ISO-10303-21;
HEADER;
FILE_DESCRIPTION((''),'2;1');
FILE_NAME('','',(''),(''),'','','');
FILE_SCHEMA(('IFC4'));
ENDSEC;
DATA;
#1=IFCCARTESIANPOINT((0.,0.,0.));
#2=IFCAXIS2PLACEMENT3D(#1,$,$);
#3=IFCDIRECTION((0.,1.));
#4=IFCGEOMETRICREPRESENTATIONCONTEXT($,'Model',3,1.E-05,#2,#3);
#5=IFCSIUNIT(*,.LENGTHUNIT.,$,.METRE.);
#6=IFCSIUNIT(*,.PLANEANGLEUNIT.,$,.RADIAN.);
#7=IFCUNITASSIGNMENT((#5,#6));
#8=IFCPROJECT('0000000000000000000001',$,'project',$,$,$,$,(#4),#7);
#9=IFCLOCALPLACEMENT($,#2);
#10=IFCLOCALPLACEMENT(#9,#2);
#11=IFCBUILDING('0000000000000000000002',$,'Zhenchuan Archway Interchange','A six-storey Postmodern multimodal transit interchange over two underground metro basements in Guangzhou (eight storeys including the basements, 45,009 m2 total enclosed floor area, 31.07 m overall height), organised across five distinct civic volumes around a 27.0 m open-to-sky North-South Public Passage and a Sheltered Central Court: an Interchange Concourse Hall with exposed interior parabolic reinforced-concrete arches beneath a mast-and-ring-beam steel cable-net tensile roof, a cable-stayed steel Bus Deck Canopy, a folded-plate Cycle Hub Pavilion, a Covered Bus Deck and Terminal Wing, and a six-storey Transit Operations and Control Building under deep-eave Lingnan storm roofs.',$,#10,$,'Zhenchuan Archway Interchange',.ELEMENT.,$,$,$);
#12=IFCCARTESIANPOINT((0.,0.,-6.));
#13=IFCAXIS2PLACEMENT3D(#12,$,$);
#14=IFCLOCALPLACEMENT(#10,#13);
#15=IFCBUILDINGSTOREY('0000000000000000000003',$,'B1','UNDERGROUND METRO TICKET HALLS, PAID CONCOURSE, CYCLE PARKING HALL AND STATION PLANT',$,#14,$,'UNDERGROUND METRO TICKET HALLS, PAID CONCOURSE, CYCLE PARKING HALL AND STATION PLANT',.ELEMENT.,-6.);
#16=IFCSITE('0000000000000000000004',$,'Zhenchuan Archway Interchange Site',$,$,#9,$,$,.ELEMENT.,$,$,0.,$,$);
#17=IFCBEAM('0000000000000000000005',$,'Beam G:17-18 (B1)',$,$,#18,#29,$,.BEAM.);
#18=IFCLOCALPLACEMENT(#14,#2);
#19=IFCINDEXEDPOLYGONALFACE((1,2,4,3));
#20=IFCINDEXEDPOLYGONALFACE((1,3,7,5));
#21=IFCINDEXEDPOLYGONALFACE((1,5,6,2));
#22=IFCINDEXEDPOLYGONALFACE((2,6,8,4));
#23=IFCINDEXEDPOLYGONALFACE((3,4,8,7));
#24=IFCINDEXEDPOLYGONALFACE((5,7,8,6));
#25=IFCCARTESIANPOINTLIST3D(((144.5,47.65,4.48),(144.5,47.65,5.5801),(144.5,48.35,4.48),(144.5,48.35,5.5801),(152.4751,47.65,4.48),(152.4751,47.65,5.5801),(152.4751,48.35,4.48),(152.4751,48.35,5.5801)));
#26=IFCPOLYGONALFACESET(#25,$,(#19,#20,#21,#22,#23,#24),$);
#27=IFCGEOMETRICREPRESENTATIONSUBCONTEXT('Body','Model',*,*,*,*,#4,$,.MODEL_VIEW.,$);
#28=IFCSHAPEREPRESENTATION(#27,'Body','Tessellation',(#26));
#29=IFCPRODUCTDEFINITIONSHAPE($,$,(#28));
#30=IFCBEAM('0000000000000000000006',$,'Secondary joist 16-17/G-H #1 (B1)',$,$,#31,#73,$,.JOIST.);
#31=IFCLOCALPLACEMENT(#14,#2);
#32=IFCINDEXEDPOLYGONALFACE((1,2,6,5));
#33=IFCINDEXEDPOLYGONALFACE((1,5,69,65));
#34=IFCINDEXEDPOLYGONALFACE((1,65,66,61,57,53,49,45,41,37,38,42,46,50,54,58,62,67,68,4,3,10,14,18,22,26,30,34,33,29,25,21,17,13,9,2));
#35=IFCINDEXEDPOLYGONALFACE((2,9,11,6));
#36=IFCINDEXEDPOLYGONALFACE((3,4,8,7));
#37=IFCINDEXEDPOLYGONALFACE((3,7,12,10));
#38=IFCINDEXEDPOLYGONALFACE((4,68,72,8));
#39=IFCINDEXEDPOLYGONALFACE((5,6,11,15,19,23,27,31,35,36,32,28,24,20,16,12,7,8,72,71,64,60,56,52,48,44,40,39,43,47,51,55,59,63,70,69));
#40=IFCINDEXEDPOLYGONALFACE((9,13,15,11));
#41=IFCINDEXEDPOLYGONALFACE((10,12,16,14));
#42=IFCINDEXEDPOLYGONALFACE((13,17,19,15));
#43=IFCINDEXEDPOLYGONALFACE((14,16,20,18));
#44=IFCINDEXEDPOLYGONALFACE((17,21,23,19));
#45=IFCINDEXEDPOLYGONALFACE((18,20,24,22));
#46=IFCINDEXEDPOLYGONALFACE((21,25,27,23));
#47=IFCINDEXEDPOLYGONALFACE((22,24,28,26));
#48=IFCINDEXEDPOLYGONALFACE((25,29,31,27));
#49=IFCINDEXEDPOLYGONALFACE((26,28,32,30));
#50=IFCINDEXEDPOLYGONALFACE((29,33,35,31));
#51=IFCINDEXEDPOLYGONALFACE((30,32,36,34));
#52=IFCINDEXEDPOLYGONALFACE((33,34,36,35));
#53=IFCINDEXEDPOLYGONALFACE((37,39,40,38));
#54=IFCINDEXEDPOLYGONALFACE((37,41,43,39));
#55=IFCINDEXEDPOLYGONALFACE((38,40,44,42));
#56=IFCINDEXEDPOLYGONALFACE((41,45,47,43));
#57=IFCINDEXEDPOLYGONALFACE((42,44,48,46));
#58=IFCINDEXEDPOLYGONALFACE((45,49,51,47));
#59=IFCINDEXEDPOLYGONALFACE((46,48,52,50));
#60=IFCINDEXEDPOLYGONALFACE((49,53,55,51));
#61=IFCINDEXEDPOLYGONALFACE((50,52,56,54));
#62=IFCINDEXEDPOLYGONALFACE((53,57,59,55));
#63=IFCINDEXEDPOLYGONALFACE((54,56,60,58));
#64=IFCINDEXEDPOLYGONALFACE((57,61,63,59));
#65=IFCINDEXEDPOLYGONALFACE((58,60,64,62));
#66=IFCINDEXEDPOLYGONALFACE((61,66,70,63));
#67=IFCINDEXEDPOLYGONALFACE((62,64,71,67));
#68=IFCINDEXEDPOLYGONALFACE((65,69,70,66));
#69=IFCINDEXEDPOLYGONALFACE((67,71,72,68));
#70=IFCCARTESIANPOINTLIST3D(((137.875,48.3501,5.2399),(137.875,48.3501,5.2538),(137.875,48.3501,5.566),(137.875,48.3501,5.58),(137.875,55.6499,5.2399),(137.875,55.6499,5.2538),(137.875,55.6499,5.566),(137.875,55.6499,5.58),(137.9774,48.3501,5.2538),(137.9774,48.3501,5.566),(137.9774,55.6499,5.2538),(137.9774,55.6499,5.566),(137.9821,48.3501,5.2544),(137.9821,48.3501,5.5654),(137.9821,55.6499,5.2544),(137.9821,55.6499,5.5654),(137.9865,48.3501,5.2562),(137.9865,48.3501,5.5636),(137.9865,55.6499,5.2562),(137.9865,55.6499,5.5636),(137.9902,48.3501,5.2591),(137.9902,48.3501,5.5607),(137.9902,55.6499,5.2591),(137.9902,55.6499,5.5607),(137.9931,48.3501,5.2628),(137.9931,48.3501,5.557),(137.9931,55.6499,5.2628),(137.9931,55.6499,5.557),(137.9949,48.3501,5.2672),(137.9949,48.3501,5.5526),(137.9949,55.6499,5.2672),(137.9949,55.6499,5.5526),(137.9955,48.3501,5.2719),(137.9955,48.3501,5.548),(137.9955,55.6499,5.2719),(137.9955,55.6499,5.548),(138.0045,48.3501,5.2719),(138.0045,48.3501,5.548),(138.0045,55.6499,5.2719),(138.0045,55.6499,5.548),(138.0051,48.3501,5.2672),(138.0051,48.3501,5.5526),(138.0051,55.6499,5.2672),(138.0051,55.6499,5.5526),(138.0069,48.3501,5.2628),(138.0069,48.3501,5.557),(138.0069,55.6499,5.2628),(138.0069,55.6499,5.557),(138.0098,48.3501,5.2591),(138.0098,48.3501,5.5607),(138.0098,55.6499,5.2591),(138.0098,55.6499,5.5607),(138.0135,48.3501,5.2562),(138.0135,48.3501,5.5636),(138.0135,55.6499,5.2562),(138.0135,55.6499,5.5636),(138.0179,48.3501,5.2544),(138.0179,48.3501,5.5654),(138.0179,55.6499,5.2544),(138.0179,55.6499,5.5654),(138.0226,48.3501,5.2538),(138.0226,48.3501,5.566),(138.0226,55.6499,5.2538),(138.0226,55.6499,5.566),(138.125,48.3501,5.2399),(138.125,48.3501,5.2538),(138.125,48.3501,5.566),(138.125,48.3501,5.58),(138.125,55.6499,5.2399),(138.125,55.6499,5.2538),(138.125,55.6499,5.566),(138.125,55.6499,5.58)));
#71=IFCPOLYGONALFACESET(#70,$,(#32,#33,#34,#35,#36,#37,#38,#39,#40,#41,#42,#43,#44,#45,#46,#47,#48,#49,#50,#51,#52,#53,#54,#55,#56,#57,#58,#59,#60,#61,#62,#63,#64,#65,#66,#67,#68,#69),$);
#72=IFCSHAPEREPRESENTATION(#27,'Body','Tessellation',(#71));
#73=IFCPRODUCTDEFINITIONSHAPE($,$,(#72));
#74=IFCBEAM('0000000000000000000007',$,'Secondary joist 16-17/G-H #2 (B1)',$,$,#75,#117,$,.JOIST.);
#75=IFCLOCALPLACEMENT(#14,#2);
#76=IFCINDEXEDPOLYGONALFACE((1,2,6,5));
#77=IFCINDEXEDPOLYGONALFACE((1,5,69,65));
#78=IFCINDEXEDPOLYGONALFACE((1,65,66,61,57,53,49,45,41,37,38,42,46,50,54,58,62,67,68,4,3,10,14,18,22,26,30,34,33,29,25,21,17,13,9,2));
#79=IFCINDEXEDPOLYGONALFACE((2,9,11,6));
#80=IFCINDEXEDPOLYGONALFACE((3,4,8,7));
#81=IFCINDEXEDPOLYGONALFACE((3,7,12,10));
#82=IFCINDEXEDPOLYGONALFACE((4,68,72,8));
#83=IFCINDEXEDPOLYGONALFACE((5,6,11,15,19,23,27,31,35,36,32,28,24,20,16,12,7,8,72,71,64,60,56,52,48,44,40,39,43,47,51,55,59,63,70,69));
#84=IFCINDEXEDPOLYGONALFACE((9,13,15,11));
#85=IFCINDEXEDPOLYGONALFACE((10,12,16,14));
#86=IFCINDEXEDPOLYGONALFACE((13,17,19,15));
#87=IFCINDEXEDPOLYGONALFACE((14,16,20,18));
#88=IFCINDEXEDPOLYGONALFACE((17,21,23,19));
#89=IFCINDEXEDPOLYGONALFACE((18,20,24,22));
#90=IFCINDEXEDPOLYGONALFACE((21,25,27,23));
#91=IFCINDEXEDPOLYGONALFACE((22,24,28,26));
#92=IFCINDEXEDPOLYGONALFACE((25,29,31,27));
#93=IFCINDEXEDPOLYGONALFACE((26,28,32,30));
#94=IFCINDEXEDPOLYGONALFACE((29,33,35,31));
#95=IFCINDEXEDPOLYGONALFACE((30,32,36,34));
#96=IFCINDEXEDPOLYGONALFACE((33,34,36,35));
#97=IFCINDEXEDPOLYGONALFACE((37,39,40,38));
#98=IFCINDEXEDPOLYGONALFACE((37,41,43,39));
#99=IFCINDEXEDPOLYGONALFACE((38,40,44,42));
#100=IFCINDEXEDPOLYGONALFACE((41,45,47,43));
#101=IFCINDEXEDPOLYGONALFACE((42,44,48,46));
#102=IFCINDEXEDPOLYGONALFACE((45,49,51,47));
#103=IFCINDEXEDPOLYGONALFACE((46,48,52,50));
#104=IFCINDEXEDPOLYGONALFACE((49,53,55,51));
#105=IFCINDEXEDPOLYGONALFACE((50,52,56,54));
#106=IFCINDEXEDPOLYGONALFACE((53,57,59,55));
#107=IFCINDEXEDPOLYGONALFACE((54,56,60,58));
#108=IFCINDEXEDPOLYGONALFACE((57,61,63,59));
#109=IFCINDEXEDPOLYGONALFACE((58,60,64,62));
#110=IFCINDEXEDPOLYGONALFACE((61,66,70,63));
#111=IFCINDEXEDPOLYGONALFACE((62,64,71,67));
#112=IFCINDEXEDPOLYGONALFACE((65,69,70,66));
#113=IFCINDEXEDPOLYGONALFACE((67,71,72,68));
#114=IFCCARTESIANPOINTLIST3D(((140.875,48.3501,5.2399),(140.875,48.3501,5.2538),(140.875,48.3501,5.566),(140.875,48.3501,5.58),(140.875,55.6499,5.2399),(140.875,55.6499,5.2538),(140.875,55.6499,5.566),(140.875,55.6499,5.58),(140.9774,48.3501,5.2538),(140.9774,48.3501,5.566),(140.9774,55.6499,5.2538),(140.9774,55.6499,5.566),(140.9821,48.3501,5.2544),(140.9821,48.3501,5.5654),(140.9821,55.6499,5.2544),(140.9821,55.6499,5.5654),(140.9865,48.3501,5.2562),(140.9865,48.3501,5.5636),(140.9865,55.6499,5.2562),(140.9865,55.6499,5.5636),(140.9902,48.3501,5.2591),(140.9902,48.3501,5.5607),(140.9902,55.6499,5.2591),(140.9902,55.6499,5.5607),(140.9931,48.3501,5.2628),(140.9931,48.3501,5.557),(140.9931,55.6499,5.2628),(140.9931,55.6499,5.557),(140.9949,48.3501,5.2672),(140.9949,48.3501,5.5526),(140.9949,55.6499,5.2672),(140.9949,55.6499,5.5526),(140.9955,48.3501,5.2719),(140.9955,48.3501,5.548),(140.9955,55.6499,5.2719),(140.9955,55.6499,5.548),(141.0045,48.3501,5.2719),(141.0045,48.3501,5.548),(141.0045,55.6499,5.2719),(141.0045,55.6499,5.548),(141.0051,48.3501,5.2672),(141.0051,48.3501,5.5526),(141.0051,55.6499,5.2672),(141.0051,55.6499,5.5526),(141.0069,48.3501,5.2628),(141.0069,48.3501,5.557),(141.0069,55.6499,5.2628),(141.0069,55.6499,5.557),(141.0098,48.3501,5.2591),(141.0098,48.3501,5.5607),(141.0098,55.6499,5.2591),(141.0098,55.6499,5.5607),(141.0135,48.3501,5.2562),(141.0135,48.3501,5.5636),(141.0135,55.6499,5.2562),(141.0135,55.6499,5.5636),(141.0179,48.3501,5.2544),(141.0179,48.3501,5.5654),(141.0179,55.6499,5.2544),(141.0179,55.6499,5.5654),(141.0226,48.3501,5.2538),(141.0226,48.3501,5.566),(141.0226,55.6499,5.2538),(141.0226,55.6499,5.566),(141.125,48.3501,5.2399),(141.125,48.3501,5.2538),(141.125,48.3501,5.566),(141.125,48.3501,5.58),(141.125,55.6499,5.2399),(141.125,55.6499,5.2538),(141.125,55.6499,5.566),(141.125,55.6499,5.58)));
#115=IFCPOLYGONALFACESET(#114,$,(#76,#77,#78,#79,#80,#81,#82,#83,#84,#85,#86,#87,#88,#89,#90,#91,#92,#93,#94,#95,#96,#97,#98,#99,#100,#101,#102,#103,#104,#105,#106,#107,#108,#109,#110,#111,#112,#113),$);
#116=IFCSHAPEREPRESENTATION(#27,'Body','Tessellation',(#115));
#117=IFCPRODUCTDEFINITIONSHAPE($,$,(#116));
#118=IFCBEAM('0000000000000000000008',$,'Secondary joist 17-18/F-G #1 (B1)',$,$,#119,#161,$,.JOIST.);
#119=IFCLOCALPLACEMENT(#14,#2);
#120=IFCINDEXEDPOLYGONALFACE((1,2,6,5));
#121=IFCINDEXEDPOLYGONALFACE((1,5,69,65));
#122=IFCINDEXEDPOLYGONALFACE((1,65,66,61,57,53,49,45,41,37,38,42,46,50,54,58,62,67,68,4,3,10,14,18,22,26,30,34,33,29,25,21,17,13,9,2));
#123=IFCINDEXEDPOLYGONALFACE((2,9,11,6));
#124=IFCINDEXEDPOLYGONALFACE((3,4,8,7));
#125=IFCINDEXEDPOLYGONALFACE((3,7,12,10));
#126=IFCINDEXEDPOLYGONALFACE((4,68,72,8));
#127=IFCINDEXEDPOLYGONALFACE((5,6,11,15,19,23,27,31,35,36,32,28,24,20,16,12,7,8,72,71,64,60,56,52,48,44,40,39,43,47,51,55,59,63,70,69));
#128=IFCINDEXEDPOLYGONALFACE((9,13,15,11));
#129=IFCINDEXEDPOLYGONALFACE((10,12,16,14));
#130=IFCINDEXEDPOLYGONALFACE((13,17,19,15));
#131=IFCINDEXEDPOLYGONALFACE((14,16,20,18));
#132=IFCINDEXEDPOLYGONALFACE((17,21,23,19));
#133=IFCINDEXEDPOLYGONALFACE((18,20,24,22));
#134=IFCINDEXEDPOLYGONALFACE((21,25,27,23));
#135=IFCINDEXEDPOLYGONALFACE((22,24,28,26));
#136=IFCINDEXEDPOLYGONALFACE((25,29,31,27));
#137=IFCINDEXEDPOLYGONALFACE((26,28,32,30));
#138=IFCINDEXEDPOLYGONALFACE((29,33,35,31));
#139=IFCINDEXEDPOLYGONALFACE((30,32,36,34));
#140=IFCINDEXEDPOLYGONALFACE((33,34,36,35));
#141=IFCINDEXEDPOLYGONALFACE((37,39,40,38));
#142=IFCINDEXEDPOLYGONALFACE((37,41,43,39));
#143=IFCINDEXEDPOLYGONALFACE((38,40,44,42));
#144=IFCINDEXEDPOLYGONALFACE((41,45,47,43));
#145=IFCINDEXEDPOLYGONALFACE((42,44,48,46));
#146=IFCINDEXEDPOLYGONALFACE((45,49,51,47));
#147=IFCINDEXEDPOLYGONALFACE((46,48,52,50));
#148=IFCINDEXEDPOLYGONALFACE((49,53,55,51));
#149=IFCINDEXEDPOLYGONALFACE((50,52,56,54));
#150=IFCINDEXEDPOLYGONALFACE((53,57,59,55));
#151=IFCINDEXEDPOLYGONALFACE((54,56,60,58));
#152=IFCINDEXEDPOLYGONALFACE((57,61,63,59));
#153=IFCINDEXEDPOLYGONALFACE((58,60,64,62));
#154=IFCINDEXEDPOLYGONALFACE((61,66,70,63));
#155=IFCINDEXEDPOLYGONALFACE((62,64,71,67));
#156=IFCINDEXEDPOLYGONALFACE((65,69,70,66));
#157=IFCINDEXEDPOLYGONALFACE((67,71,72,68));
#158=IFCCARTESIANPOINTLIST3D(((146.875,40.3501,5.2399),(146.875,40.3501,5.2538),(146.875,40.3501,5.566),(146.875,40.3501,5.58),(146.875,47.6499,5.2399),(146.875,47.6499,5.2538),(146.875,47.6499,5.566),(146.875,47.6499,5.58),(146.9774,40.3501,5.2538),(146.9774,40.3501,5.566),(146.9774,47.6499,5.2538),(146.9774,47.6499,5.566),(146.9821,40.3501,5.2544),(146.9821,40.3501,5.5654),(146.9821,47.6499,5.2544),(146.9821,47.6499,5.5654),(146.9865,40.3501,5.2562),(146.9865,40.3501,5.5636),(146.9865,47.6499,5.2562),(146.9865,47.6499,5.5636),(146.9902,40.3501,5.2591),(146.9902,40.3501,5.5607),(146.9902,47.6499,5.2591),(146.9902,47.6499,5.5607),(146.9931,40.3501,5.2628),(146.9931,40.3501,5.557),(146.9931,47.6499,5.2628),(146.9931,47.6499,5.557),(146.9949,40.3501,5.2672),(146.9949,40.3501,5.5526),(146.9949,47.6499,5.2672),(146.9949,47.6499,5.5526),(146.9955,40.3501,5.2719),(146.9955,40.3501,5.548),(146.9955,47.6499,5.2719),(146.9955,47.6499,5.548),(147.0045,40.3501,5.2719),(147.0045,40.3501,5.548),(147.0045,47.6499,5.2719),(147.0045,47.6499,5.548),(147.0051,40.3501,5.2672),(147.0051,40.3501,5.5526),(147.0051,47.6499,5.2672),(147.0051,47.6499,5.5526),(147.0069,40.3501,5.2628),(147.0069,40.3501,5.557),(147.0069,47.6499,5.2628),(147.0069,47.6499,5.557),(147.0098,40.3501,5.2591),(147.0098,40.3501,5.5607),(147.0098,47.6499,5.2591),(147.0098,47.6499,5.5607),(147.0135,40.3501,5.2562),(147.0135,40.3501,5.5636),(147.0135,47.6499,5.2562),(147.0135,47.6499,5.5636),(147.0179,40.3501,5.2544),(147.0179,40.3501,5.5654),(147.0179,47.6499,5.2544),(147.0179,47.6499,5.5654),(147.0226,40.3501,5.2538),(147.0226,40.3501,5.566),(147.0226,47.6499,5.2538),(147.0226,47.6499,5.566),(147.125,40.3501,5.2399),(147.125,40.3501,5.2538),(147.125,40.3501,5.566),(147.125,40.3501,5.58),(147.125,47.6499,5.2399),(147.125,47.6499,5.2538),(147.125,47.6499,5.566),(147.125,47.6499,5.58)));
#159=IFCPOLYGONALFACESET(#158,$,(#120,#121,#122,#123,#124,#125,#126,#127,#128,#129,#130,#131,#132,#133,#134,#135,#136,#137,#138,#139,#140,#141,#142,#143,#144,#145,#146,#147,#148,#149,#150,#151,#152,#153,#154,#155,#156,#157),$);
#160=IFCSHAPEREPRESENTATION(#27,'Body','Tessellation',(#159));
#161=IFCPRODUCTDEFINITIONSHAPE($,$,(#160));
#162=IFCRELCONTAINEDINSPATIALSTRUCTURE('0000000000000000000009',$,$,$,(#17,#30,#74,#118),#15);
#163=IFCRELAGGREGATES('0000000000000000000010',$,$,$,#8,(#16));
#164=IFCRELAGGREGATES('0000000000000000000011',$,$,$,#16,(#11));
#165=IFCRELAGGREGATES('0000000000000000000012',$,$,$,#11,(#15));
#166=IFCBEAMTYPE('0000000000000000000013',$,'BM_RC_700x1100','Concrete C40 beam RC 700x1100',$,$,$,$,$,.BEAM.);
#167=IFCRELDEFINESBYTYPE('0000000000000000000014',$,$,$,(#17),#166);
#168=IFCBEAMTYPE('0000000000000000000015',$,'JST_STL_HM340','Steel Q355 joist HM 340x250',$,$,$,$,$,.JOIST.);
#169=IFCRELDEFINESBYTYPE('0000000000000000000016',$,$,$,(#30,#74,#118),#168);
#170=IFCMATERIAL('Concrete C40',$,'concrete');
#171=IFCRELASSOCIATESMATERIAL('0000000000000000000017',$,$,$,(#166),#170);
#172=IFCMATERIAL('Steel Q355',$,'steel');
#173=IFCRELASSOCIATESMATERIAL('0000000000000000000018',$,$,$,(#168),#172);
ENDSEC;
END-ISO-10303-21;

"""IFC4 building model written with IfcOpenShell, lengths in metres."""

from ifc_helpers import new_model, si_unit, direction, frame, origin, origin_2d, place, context, subcontext, project, spatial, rectangle, i_section, extrude, material, material_profile, profile_set, type_object, element, save


model = new_model("IFC4")

# Units and contexts
model_context = context("Model", 3, precision=1e-05, world=origin(), true_north=direction((0.0, 1.0)))
body_context = subcontext(model_context, "Body", "Model", "MODEL_VIEW")
ifc_project = project(units=[si_unit("LENGTHUNIT", "METRE"), si_unit("PLANEANGLEUNIT", "RADIAN")], contexts=[model_context])

# Site, building, storey
site_placement = place(None, origin())
site = spatial("IfcSite", under=ifc_project, at=site_placement, Name="Zhenchuan Archway Interchange Site", CompositionType="ELEMENT", RefElevation=0.0)
building_placement = place(site_placement, origin())
building = spatial("IfcBuilding", under=site, at=building_placement, Name="Zhenchuan Archway Interchange", Description="A six-storey Postmodern multimodal transit interchange over two underground metro basements in Guangzhou (eight storeys including the basements, 45,009 m2 total enclosed floor area, 31.07 m overall height), organised across five distinct civic volumes around a 27.0 m open-to-sky North-South Public Passage and a Sheltered Central Court: an Interchange Concourse Hall with exposed interior parabolic reinforced-concrete arches beneath a mast-and-ring-beam steel cable-net tensile roof, a cable-stayed steel Bus Deck Canopy, a folded-plate Cycle Hub Pavilion, a Covered Bus Deck and Terminal Wing, and a six-storey Transit Operations and Control Building under deep-eave Lingnan storm roofs.", LongName="Zhenchuan Archway Interchange", CompositionType="ELEMENT")
storey_placement = place(building_placement, frame((0.0, 0.0, -6.0)))
storey = spatial("IfcBuildingStorey", under=building, at=storey_placement, Name="B1", Description="UNDERGROUND METRO TICKET HALLS, PAID CONCOURSE, CYCLE PARKING HALL AND STATION PLANT", LongName="UNDERGROUND METRO TICKET HALLS, PAID CONCOURSE, CYCLE PARKING HALL AND STATION PLANT", CompositionType="ELEMENT", Elevation=-6.0)

# Beams
ifc_material_1 = material(Name="Concrete C40", Category="concrete")
ifc_material_profile_1 = material_profile(ifc_material_1, rectangle(XDim=0.7, YDim=1.1001, at=origin_2d()), Name="RC 700x1100")
ifc_profile_set_1 = profile_set([ifc_material_profile_1], Name="Concrete C40")
beam_type_1 = type_object("IfcBeamType", Name="BM_RC_700x1100", Description="Concrete C40 beam RC 700x1100", PredefinedType="BEAM", material=ifc_profile_set_1)
beam_1_placement = place(storey_placement, frame((144.5, 48.0, 5.03), z_axis=(1.0, 0.0, 0.0), x_axis=(0.0, 1.0, 0.0)))
element("IfcBeam", 1, at=beam_1_placement, inside=storey, type_object=beam_type_1, Name="Beam G:17-18 (B1)", PredefinedType="BEAM", context=body_context, shape_type="SweptSolid", body=[
    extrude(rectangle(XDim=0.7, YDim=1.1001, at=origin_2d()), origin(), (0.0, 0.0, 1.0), 7.9751),
])
ifc_material_2 = material(Name="Steel Q355", Category="steel")
ifc_material_profile_2 = material_profile(ifc_material_2, i_section(OverallWidth=0.25, OverallDepth=0.3401, WebThickness=0.009, FlangeThickness=0.0139, FilletRadius=0.0181, at=origin_2d()), Name="HM 340x250")
ifc_profile_set_2 = profile_set([ifc_material_profile_2], Name="Steel Q355")
beam_type_2 = type_object("IfcBeamType", Name="JST_STL_HM340", Description="Steel Q355 joist HM 340x250", PredefinedType="JOIST", material=ifc_profile_set_2)
for number, where, z_axis, x_axis, name in (
    (2, (138.0, 48.3501, 5.4099), (0.0, 1.0, 0.0), (-1.0, 0.0, 0.0), "Secondary joist 16-17/G-H #1 (B1)"),
    (3, (141.0, 48.3501, 5.4099), (0.0, 1.0, 0.0), (-1.0, 0.0, 0.0), "Secondary joist 16-17/G-H #2 (B1)"),
    (4, (147.0, 40.3501, 5.4099), (0.0, 1.0, 0.0), (-1.0, 0.0, 0.0), "Secondary joist 17-18/F-G #1 (B1)"),
):
    element("IfcBeam", number, at=place(storey_placement, frame(where, z_axis=z_axis, x_axis=x_axis)), inside=storey, type_object=beam_type_2, Name=name, PredefinedType="JOIST", context=body_context, shape_type="SweptSolid", body=[
        extrude(i_section(OverallWidth=0.25, OverallDepth=0.3401, WebThickness=0.009, FlangeThickness=0.0139, FilletRadius=0.0181, at=origin_2d()), origin(), (0.0, 0.0, 1.0), 7.2998),
    ])

save(model, "model.ifc")
